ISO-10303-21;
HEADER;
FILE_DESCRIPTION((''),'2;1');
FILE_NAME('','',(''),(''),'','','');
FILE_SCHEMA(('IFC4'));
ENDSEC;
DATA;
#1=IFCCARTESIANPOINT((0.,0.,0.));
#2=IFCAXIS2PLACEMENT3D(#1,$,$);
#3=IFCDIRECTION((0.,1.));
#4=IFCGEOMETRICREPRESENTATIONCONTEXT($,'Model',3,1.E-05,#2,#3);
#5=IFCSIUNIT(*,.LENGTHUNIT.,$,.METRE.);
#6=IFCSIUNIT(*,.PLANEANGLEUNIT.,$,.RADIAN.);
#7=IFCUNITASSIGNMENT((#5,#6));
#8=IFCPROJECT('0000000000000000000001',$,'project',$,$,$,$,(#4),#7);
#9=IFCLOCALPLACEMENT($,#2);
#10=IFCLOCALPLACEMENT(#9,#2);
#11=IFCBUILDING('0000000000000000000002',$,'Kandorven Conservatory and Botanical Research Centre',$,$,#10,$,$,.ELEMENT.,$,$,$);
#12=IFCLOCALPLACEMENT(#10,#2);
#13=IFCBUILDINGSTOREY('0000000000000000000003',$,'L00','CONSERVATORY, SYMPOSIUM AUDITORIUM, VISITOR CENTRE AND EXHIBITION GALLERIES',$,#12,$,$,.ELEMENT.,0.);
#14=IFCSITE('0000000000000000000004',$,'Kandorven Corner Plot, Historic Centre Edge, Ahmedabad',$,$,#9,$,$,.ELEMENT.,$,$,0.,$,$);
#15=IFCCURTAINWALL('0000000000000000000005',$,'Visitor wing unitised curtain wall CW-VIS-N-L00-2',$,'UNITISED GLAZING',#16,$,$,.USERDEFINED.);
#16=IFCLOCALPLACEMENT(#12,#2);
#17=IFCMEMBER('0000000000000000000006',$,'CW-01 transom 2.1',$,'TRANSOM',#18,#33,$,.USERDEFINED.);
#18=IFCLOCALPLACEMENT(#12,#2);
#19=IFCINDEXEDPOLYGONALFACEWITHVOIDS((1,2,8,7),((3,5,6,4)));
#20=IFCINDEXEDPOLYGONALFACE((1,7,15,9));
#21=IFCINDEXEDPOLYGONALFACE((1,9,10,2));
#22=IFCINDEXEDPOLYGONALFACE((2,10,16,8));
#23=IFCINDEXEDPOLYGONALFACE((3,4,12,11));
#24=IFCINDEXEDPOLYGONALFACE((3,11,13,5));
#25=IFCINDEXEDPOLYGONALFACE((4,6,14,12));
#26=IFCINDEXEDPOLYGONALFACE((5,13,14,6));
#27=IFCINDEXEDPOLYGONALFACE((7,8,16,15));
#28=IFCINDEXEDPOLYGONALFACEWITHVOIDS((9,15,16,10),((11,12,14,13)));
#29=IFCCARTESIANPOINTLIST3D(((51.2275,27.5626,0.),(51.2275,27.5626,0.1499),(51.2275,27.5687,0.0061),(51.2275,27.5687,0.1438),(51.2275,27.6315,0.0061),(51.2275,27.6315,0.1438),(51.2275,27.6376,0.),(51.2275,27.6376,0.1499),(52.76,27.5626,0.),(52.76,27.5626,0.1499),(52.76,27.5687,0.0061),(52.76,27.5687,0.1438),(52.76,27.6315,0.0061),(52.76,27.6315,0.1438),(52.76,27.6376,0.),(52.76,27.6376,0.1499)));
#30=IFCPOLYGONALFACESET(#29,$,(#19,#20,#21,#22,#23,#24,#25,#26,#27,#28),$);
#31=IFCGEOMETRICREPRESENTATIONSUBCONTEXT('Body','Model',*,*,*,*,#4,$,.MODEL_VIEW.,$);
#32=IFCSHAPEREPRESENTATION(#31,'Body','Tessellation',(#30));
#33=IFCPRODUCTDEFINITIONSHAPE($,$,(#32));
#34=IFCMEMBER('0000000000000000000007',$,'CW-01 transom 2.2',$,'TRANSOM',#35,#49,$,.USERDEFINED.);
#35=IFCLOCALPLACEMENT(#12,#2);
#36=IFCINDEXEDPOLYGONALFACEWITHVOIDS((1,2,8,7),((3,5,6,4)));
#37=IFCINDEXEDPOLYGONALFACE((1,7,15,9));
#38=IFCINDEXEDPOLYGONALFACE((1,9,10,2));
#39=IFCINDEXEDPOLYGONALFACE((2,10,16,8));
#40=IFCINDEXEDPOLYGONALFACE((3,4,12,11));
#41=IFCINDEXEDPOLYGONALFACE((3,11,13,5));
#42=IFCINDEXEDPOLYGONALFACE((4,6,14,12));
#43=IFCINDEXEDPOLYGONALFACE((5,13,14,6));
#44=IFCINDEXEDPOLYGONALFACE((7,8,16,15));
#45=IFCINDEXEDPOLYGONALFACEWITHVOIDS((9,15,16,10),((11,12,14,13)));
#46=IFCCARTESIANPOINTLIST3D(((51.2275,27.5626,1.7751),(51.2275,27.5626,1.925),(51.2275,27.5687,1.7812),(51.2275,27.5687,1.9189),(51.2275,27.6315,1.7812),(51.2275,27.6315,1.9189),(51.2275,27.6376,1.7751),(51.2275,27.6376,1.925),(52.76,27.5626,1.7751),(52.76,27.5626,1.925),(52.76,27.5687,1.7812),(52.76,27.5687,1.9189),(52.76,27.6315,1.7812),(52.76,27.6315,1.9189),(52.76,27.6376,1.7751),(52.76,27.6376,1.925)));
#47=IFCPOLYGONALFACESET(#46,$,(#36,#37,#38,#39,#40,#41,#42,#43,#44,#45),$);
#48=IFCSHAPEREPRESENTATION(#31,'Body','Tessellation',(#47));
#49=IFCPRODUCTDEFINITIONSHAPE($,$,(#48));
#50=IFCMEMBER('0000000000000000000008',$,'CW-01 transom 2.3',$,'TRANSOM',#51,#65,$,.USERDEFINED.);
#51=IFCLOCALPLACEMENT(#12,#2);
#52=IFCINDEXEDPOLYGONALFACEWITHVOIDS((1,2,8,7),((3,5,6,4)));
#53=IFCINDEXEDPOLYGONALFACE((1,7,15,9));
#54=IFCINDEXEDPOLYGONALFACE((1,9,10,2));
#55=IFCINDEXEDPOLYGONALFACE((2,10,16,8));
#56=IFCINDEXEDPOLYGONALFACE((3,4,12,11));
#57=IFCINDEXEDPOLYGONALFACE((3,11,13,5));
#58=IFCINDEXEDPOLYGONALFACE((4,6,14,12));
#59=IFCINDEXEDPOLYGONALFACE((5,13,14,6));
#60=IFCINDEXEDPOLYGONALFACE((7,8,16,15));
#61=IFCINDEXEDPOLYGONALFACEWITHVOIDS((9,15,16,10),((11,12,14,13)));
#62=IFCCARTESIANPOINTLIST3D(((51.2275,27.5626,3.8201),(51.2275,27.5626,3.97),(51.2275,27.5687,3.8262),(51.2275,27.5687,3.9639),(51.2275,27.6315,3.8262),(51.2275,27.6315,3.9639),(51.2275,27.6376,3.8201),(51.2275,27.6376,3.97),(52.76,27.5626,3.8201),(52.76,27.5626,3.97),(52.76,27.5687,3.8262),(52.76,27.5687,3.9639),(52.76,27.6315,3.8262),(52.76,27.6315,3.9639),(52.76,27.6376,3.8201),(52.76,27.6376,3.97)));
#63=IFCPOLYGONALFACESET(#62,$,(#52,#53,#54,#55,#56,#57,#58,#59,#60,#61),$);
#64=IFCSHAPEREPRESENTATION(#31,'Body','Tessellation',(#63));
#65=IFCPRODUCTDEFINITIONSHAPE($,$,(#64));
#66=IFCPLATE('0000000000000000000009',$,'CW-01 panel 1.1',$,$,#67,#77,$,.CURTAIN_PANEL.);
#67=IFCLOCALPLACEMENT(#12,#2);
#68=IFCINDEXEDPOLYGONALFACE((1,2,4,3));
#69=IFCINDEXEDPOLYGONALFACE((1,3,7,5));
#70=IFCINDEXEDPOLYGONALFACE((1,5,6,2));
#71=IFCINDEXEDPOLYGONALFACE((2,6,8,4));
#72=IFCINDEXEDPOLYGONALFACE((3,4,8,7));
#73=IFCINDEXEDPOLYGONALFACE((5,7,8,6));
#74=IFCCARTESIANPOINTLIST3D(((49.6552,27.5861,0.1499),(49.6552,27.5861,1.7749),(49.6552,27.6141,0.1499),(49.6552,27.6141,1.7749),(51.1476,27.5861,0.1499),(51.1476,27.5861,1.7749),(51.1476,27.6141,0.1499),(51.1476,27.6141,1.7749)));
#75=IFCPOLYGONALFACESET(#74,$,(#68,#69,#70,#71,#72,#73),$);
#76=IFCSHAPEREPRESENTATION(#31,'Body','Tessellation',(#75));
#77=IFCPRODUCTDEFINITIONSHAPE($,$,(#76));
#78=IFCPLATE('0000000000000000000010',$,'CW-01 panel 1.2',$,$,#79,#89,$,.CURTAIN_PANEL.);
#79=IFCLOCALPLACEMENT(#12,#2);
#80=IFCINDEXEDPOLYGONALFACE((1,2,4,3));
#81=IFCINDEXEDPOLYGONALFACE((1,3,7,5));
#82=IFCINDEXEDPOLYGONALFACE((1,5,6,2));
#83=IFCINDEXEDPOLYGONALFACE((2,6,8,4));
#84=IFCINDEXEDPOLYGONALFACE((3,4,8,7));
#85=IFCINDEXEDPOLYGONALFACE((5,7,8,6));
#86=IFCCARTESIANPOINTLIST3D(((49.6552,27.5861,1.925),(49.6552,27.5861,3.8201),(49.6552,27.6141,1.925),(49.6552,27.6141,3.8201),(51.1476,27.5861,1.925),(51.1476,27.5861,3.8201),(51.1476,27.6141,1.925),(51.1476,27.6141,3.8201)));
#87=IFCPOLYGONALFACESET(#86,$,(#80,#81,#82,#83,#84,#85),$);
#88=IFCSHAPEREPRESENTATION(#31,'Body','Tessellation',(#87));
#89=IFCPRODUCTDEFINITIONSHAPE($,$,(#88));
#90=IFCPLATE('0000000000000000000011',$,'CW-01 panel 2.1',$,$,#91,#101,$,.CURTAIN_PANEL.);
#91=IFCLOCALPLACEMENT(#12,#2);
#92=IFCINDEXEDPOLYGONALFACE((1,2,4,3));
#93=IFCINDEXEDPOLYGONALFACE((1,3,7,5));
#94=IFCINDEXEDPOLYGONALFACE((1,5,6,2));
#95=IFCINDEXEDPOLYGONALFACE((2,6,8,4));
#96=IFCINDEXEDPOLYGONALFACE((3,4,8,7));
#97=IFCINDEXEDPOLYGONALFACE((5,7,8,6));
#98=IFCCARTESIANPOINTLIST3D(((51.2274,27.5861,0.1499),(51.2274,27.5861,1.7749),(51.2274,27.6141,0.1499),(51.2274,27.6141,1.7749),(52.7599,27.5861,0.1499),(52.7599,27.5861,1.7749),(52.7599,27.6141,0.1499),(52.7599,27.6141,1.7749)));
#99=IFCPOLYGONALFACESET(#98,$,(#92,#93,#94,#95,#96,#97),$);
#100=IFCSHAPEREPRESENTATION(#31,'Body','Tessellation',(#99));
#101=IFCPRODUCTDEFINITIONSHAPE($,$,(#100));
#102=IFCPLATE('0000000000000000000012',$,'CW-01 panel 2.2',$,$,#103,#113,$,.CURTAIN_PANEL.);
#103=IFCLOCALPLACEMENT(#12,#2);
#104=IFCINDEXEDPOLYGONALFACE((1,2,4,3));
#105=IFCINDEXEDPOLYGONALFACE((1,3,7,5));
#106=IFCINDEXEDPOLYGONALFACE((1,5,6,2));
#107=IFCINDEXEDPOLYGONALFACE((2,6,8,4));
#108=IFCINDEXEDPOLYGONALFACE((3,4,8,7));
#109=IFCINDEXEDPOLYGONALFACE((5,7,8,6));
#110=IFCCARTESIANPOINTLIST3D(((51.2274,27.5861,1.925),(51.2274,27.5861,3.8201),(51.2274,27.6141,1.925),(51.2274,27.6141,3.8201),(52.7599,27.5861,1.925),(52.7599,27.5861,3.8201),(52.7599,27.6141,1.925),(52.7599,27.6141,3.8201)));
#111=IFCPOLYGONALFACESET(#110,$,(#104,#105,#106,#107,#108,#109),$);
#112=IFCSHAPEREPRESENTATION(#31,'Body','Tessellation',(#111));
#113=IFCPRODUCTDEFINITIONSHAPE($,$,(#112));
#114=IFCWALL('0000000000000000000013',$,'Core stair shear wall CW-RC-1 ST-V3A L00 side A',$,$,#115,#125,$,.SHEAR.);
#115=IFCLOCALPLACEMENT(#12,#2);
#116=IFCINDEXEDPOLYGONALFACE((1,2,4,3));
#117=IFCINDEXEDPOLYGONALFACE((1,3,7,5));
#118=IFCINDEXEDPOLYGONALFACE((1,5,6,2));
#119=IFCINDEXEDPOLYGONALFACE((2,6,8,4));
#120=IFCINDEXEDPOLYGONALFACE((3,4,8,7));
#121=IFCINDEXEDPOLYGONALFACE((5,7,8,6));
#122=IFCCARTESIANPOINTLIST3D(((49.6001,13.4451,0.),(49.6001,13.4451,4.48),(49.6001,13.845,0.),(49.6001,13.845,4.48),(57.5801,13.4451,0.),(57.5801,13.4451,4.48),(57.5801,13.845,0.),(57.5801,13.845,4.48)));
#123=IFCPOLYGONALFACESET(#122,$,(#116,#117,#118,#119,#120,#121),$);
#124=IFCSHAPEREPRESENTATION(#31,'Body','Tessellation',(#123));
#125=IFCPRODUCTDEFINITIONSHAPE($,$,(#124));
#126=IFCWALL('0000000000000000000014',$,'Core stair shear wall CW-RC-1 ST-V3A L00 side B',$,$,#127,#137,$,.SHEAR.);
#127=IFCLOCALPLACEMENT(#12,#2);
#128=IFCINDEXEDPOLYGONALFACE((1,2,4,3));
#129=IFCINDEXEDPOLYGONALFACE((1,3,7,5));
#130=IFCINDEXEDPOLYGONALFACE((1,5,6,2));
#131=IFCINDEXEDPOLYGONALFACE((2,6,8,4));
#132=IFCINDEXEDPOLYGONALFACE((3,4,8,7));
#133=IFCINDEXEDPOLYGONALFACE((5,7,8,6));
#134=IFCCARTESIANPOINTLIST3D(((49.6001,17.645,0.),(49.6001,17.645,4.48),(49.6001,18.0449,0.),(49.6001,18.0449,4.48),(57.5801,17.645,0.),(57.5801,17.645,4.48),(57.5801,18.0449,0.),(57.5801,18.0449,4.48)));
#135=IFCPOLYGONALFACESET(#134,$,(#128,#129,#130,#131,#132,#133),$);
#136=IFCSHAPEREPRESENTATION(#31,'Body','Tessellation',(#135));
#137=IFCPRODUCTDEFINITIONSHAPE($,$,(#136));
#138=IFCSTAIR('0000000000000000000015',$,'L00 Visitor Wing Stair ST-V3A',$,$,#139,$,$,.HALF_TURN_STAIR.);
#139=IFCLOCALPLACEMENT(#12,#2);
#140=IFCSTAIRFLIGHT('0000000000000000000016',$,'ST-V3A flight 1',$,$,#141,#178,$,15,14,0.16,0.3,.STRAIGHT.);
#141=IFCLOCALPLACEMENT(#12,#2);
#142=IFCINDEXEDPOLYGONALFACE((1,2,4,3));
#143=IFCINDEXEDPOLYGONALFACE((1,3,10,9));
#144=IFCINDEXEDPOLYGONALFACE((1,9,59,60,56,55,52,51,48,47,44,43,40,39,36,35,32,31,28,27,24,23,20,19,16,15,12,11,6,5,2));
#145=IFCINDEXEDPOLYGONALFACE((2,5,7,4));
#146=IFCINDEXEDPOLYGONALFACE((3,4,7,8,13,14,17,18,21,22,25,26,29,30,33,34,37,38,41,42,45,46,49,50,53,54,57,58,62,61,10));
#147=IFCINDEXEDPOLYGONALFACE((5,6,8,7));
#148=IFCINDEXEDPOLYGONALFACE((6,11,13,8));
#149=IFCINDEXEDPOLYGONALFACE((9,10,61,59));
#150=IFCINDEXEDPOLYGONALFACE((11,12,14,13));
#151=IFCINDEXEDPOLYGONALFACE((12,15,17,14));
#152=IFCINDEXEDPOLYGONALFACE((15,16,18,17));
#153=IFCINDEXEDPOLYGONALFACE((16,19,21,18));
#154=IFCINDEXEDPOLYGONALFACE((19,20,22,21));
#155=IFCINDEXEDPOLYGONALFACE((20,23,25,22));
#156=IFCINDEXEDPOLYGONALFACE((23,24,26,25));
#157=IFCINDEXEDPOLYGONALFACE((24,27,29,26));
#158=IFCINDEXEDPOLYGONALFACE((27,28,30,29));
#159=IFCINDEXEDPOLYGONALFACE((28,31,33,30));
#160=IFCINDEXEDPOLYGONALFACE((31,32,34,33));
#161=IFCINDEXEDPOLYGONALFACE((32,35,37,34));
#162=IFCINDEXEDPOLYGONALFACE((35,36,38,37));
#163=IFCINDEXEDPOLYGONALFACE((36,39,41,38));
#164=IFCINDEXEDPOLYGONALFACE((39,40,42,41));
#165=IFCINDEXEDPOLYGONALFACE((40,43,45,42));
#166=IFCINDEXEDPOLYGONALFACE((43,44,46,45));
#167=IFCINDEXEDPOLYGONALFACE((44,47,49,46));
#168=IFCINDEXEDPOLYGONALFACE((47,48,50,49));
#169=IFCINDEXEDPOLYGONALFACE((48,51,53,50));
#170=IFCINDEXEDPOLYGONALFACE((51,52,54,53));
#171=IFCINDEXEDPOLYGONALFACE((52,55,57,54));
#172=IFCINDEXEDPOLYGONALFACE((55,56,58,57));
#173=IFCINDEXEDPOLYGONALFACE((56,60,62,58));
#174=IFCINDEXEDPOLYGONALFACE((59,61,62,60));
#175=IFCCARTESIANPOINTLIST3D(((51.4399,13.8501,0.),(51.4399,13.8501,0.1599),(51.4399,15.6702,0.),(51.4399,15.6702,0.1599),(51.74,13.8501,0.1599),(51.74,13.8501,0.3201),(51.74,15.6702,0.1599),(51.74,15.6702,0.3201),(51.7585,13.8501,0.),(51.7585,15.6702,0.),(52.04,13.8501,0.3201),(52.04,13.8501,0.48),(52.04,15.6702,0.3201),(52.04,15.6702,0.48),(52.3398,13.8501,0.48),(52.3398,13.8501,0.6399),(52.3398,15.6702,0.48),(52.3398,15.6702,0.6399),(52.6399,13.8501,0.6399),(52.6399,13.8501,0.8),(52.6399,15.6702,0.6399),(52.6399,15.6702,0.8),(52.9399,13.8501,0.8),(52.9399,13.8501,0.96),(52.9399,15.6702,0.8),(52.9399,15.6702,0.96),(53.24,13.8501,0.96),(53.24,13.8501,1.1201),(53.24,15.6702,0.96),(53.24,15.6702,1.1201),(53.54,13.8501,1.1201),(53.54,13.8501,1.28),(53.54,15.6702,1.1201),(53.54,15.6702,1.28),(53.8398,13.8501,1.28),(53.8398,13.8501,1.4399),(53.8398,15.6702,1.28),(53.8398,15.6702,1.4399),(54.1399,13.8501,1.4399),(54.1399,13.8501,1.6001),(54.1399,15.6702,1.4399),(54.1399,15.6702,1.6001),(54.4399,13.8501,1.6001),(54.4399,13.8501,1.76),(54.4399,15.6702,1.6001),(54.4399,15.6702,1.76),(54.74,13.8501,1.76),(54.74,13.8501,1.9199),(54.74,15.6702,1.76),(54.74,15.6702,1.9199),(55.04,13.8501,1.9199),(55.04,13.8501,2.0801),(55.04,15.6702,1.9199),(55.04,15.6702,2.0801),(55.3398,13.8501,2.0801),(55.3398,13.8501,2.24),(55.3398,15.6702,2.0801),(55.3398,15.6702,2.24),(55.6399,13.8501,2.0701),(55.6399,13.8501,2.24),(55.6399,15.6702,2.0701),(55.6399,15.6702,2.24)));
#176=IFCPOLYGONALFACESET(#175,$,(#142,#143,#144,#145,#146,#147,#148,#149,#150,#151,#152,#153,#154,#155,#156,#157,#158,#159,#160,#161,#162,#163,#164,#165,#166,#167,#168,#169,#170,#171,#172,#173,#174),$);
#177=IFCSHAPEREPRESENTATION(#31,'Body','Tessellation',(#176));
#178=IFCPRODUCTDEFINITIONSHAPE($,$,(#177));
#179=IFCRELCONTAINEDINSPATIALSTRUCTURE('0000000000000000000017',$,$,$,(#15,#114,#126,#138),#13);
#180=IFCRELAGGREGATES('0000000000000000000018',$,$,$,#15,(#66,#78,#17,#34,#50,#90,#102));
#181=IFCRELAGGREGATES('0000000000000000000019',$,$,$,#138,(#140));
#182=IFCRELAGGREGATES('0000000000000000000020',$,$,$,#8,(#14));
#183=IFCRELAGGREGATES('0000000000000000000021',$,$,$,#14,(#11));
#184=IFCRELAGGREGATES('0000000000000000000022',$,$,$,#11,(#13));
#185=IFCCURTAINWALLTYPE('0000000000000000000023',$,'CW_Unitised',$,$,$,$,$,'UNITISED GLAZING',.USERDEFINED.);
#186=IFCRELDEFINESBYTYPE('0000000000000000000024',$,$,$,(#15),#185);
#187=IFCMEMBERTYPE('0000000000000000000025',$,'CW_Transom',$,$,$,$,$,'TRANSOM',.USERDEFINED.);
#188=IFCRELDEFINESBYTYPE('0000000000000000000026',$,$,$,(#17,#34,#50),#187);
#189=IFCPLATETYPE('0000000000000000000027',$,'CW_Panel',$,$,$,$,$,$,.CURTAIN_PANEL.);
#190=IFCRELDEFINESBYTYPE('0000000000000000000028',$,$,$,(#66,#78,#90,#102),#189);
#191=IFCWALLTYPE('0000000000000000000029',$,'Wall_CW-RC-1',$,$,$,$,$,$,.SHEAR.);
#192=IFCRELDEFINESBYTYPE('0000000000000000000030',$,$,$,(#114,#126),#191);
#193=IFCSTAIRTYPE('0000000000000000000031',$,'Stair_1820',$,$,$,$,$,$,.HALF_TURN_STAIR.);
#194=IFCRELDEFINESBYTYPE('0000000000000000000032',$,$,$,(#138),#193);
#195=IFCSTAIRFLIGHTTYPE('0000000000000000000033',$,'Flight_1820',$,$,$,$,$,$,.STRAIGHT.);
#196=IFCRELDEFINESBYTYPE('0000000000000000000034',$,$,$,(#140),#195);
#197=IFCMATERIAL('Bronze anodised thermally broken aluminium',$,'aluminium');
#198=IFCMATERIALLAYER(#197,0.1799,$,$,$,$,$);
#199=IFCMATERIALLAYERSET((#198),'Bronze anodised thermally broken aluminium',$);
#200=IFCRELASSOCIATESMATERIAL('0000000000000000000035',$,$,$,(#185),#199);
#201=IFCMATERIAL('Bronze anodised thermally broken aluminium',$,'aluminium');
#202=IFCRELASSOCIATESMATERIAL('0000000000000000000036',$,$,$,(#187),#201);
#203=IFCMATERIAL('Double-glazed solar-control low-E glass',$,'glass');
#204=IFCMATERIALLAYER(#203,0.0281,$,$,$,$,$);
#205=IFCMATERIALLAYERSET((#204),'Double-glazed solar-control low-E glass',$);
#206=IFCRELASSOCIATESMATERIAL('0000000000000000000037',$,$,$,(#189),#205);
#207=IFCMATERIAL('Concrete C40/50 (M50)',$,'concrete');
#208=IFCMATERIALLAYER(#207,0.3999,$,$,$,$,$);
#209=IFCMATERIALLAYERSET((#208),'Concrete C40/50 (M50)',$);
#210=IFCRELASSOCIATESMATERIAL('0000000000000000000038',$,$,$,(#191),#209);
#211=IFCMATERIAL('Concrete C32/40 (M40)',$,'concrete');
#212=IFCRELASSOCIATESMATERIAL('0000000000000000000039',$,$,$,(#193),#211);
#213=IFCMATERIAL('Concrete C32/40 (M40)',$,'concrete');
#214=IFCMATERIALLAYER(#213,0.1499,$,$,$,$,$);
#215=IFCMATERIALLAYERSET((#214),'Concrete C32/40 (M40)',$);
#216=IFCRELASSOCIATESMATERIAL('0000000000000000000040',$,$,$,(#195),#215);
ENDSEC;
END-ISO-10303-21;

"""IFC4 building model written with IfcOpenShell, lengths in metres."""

from ifc_helpers import new_model, si_unit, direction, frame, frame_2d, origin, origin_2d, place, context, subcontext, project, spatial, polyline, rectangle, hollow_rectangle, outline, extrude, material, layer, layer_set, material_profile, profile_set, type_object, element, aggregate, save


model = new_model("IFC4")

# Units and contexts
model_context = context("Model", 3, precision=1e-05, world=origin(), true_north=direction((0.0, 1.0)))
body_context = subcontext(model_context, "Body", "Model", "MODEL_VIEW")
ifc_project = project(units=[si_unit("LENGTHUNIT", "METRE"), si_unit("PLANEANGLEUNIT", "RADIAN")], contexts=[model_context])

# Site, building, storey
site_placement = place(None, origin())
site = spatial("IfcSite", under=ifc_project, at=site_placement, Name="Kandorven Corner Plot, Historic Centre Edge, Ahmedabad", CompositionType="ELEMENT", RefElevation=0.0)
building_placement = place(site_placement, origin())
building = spatial("IfcBuilding", under=site, at=building_placement, Name="Kandorven Conservatory and Botanical Research Centre", CompositionType="ELEMENT")
storey_placement = place(building_placement, origin())
storey = spatial("IfcBuildingStorey", under=building, at=storey_placement, Name="L00", Description="CONSERVATORY, SYMPOSIUM AUDITORIUM, VISITOR CENTRE AND EXHIBITION GALLERIES", CompositionType="ELEMENT", Elevation=0.0)

# Curtain wall, members, plates
ifc_material_1 = material(Name="Bronze anodised thermally broken aluminium", Category="aluminium")
ifc_layer_1 = layer(ifc_material_1, 0.1799)
ifc_layer_set_1 = layer_set([ifc_layer_1], Name="Bronze anodised thermally broken aluminium")
curtain_wall_type = type_object("IfcCurtainWallType", Name="CW_Unitised", ElementType="UNITISED GLAZING", PredefinedType="USERDEFINED", material=ifc_layer_set_1)
curtain_wall_placement = place(storey_placement, origin())
curtain_wall = element("IfcCurtainWall", 1, at=curtain_wall_placement, inside=storey, type_object=curtain_wall_type, Name="Visitor wing unitised curtain wall CW-VIS-N-L00-2", ObjectType="UNITISED GLAZING", PredefinedType="USERDEFINED")
ifc_material_2 = material(Name="Bronze anodised thermally broken aluminium", Category="aluminium")
ifc_material_profile_1 = material_profile(ifc_material_2, hollow_rectangle(XDim=0.075, YDim=0.1499, WallThickness=0.0061, at=origin_2d()))
ifc_profile_set_1 = profile_set([ifc_material_profile_1], Name="Bronze anodised thermally broken aluminium")
member_type_1 = type_object("IfcMemberType", Name="CW_Transom", ElementType="TRANSOM", PredefinedType="USERDEFINED", material=ifc_profile_set_1)
member_1_placement = place(storey_placement, frame((51.2275, 27.6001, 0.075), z_axis=(1.0, 0.0, 0.0), x_axis=(0.0, 1.0, 0.0)))
member_1 = element("IfcMember", 2, at=member_1_placement, type_object=member_type_1, Name="CW-01 transom 2.1", ObjectType="TRANSOM", PredefinedType="USERDEFINED", context=body_context, shape_type="SweptSolid", body=[
    extrude(hollow_rectangle(XDim=0.075, YDim=0.1499, WallThickness=0.0061, at=origin_2d()), origin(), (0.0, 0.0, 1.0), 1.5325),
])
member_2_placement = place(storey_placement, frame((51.2275, 27.6001, 1.8501), z_axis=(1.0, 0.0, 0.0), x_axis=(0.0, 1.0, 0.0)))
member_2 = element("IfcMember", 3, at=member_2_placement, type_object=member_type_1, Name="CW-01 transom 2.2", ObjectType="TRANSOM", PredefinedType="USERDEFINED", context=body_context, shape_type="SweptSolid", body=[
    extrude(hollow_rectangle(XDim=0.075, YDim=0.1499, WallThickness=0.0061, at=origin_2d()), origin(), (0.0, 0.0, 1.0), 1.5325),
])
member_3_placement = place(storey_placement, frame((51.2275, 27.6001, 3.895), z_axis=(1.0, 0.0, 0.0), x_axis=(0.0, 1.0, 0.0)))
member_3 = element("IfcMember", 4, at=member_3_placement, type_object=member_type_1, Name="CW-01 transom 2.3", ObjectType="TRANSOM", PredefinedType="USERDEFINED", context=body_context, shape_type="SweptSolid", body=[
    extrude(hollow_rectangle(XDim=0.075, YDim=0.1499, WallThickness=0.0061, at=origin_2d()), origin(), (0.0, 0.0, 1.0), 1.5325),
])
ifc_material_3 = material(Name="Double-glazed solar-control low-E glass", Category="glass")
ifc_layer_2 = layer(ifc_material_3, 0.0281)
ifc_layer_set_2 = layer_set([ifc_layer_2], Name="Double-glazed solar-control low-E glass")
plate_type = type_object("IfcPlateType", Name="CW_Panel", PredefinedType="CURTAIN_PANEL", material=ifc_layer_set_2)
plate_1_placement = place(storey_placement, frame((50.4014, 27.6001, 0.1499), z_axis=(0.0, 0.0, 1.0), x_axis=(1.0, 0.0, 0.0)))
plate_1 = element("IfcPlate", 5, at=plate_1_placement, type_object=plate_type, Name="CW-01 panel 1.1", PredefinedType="CURTAIN_PANEL", context=body_context, shape_type="SweptSolid", body=[
    extrude(rectangle(XDim=1.4924, YDim=0.0281, at=origin_2d()), origin(), (0.0, 0.0, 1.0), 1.625),
])
plate_2_placement = place(storey_placement, frame((50.4014, 27.6001, 1.925), z_axis=(0.0, 0.0, 1.0), x_axis=(1.0, 0.0, 0.0)))
plate_2 = element("IfcPlate", 6, at=plate_2_placement, type_object=plate_type, Name="CW-01 panel 1.2", PredefinedType="CURTAIN_PANEL", context=body_context, shape_type="SweptSolid", body=[
    extrude(rectangle(XDim=1.4924, YDim=0.0281, at=origin_2d()), origin(), (0.0, 0.0, 1.0), 1.895),
])
plate_3_placement = place(storey_placement, frame((51.9937, 27.6001, 0.1499), z_axis=(0.0, 0.0, 1.0), x_axis=(1.0, 0.0, 0.0)))
plate_3 = element("IfcPlate", 7, at=plate_3_placement, type_object=plate_type, Name="CW-01 panel 2.1", PredefinedType="CURTAIN_PANEL", context=body_context, shape_type="SweptSolid", body=[
    extrude(rectangle(XDim=1.5325, YDim=0.0281, at=origin_2d()), origin(), (0.0, 0.0, 1.0), 1.625),
])
plate_4_placement = place(storey_placement, frame((51.9937, 27.6001, 1.925), z_axis=(0.0, 0.0, 1.0), x_axis=(1.0, 0.0, 0.0)))
plate_4 = element("IfcPlate", 8, at=plate_4_placement, type_object=plate_type, Name="CW-01 panel 2.2", PredefinedType="CURTAIN_PANEL", context=body_context, shape_type="SweptSolid", body=[
    extrude(rectangle(XDim=1.5325, YDim=0.0281, at=origin_2d()), origin(), (0.0, 0.0, 1.0), 1.895),
])
aggregate(curtain_wall, [plate_1, plate_2, member_1, member_2, member_3, plate_3, plate_4])

# Walls
ifc_material_4 = material(Name="Concrete C40/50 (M50)", Category="concrete")
ifc_layer_3 = layer(ifc_material_4, 0.3999)
ifc_layer_set_3 = layer_set([ifc_layer_3], Name="Concrete C40/50 (M50)")
wall_type = type_object("IfcWallType", Name="Wall_CW-RC-1", PredefinedType="SHEAR", material=ifc_layer_set_3)
for number, where, z_axis, x_axis, name in (
    (9, (49.6001, 13.645, 0.0), (0.0, 0.0, 1.0), (1.0, 0.0, 0.0), "Core stair shear wall CW-RC-1 ST-V3A L00 side A"),
    (10, (49.6001, 17.845, 0.0), (0.0, 0.0, 1.0), (1.0, 0.0, 0.0), "Core stair shear wall CW-RC-1 ST-V3A L00 side B"),
):
    element("IfcWall", number, at=place(storey_placement, frame(where, z_axis=z_axis, x_axis=x_axis)), inside=storey, type_object=wall_type, Name=name, PredefinedType="SHEAR", context=body_context, shape_type="SweptSolid", body=[
        extrude(rectangle(XDim=7.98, YDim=0.3999, at=frame_2d((3.99, 0.0))), origin(), (0.0, 0.0, 1.0), 4.48),
    ])

# Stair, stair flight
ifc_material_5 = material(Name="Concrete C32/40 (M40)", Category="concrete")
stair_type = type_object("IfcStairType", Name="Stair_1820", PredefinedType="HALF_TURN_STAIR", material=ifc_material_5)
stair_placement = place(storey_placement, origin())
stair = element("IfcStair", 11, at=stair_placement, inside=storey, type_object=stair_type, Name="L00 Visitor Wing Stair ST-V3A", PredefinedType="HALF_TURN_STAIR")
ifc_material_6 = material(Name="Concrete C32/40 (M40)", Category="concrete")
ifc_layer_4 = layer(ifc_material_6, 0.1499)
ifc_layer_set_4 = layer_set([ifc_layer_4], Name="Concrete C32/40 (M40)")
stair_flight_type = type_object("IfcStairFlightType", Name="Flight_1820", PredefinedType="STRAIGHT", material=ifc_layer_set_4)
stair_flight_placement = place(storey_placement, frame((51.4399, 14.76, 0.0), z_axis=(0.0, 0.0, 1.0), x_axis=(1.0, 0.0, 0.0)))
stair_flight = element("IfcStairFlight", 12, at=stair_flight_placement, type_object=stair_flight_type, Name="ST-V3A flight 1", NumberOfRisers=15, NumberOfTreads=14, PredefinedType="STRAIGHT", RiserHeight=0.16, TreadLength=0.3, context=body_context, shape_type="SweptSolid", body=[
    extrude(outline(polyline([(0.0, 0.0), (0.0, 0.1599), (0.3, 0.1599), (0.3, 0.3201), (0.6001, 0.3201), (0.6001, 0.48), (0.8999, 0.48), (0.8999, 0.6399), (1.2, 0.6399), (1.2, 0.8), (1.5, 0.8), (1.5, 0.96), (1.8, 0.96), (1.8, 1.1201), (2.1001, 1.1201), (2.1001, 1.28), (2.3999, 1.28), (2.3999, 1.4399), (2.7, 1.4399), (2.7, 1.6001), (3.0, 1.6001), (3.0, 1.76), (3.3, 1.76), (3.3, 1.9199), (3.6001, 1.9199), (3.6001, 2.0801), (3.8999, 2.0801), (3.8999, 2.24), (4.2, 2.24), (4.2, 2.3999), (4.2, 2.0701), (0.3186, 0.0), (0.0, 0.0)])), frame((0.0, 0.9102, 0.0), z_axis=(0.0, -1.0, 0.0), x_axis=(1.0, 0.0, 0.0)), (0.0, 0.0, 1.0), 1.8201),
])
aggregate(stair, [stair_flight])

save(model, "model.ifc")
